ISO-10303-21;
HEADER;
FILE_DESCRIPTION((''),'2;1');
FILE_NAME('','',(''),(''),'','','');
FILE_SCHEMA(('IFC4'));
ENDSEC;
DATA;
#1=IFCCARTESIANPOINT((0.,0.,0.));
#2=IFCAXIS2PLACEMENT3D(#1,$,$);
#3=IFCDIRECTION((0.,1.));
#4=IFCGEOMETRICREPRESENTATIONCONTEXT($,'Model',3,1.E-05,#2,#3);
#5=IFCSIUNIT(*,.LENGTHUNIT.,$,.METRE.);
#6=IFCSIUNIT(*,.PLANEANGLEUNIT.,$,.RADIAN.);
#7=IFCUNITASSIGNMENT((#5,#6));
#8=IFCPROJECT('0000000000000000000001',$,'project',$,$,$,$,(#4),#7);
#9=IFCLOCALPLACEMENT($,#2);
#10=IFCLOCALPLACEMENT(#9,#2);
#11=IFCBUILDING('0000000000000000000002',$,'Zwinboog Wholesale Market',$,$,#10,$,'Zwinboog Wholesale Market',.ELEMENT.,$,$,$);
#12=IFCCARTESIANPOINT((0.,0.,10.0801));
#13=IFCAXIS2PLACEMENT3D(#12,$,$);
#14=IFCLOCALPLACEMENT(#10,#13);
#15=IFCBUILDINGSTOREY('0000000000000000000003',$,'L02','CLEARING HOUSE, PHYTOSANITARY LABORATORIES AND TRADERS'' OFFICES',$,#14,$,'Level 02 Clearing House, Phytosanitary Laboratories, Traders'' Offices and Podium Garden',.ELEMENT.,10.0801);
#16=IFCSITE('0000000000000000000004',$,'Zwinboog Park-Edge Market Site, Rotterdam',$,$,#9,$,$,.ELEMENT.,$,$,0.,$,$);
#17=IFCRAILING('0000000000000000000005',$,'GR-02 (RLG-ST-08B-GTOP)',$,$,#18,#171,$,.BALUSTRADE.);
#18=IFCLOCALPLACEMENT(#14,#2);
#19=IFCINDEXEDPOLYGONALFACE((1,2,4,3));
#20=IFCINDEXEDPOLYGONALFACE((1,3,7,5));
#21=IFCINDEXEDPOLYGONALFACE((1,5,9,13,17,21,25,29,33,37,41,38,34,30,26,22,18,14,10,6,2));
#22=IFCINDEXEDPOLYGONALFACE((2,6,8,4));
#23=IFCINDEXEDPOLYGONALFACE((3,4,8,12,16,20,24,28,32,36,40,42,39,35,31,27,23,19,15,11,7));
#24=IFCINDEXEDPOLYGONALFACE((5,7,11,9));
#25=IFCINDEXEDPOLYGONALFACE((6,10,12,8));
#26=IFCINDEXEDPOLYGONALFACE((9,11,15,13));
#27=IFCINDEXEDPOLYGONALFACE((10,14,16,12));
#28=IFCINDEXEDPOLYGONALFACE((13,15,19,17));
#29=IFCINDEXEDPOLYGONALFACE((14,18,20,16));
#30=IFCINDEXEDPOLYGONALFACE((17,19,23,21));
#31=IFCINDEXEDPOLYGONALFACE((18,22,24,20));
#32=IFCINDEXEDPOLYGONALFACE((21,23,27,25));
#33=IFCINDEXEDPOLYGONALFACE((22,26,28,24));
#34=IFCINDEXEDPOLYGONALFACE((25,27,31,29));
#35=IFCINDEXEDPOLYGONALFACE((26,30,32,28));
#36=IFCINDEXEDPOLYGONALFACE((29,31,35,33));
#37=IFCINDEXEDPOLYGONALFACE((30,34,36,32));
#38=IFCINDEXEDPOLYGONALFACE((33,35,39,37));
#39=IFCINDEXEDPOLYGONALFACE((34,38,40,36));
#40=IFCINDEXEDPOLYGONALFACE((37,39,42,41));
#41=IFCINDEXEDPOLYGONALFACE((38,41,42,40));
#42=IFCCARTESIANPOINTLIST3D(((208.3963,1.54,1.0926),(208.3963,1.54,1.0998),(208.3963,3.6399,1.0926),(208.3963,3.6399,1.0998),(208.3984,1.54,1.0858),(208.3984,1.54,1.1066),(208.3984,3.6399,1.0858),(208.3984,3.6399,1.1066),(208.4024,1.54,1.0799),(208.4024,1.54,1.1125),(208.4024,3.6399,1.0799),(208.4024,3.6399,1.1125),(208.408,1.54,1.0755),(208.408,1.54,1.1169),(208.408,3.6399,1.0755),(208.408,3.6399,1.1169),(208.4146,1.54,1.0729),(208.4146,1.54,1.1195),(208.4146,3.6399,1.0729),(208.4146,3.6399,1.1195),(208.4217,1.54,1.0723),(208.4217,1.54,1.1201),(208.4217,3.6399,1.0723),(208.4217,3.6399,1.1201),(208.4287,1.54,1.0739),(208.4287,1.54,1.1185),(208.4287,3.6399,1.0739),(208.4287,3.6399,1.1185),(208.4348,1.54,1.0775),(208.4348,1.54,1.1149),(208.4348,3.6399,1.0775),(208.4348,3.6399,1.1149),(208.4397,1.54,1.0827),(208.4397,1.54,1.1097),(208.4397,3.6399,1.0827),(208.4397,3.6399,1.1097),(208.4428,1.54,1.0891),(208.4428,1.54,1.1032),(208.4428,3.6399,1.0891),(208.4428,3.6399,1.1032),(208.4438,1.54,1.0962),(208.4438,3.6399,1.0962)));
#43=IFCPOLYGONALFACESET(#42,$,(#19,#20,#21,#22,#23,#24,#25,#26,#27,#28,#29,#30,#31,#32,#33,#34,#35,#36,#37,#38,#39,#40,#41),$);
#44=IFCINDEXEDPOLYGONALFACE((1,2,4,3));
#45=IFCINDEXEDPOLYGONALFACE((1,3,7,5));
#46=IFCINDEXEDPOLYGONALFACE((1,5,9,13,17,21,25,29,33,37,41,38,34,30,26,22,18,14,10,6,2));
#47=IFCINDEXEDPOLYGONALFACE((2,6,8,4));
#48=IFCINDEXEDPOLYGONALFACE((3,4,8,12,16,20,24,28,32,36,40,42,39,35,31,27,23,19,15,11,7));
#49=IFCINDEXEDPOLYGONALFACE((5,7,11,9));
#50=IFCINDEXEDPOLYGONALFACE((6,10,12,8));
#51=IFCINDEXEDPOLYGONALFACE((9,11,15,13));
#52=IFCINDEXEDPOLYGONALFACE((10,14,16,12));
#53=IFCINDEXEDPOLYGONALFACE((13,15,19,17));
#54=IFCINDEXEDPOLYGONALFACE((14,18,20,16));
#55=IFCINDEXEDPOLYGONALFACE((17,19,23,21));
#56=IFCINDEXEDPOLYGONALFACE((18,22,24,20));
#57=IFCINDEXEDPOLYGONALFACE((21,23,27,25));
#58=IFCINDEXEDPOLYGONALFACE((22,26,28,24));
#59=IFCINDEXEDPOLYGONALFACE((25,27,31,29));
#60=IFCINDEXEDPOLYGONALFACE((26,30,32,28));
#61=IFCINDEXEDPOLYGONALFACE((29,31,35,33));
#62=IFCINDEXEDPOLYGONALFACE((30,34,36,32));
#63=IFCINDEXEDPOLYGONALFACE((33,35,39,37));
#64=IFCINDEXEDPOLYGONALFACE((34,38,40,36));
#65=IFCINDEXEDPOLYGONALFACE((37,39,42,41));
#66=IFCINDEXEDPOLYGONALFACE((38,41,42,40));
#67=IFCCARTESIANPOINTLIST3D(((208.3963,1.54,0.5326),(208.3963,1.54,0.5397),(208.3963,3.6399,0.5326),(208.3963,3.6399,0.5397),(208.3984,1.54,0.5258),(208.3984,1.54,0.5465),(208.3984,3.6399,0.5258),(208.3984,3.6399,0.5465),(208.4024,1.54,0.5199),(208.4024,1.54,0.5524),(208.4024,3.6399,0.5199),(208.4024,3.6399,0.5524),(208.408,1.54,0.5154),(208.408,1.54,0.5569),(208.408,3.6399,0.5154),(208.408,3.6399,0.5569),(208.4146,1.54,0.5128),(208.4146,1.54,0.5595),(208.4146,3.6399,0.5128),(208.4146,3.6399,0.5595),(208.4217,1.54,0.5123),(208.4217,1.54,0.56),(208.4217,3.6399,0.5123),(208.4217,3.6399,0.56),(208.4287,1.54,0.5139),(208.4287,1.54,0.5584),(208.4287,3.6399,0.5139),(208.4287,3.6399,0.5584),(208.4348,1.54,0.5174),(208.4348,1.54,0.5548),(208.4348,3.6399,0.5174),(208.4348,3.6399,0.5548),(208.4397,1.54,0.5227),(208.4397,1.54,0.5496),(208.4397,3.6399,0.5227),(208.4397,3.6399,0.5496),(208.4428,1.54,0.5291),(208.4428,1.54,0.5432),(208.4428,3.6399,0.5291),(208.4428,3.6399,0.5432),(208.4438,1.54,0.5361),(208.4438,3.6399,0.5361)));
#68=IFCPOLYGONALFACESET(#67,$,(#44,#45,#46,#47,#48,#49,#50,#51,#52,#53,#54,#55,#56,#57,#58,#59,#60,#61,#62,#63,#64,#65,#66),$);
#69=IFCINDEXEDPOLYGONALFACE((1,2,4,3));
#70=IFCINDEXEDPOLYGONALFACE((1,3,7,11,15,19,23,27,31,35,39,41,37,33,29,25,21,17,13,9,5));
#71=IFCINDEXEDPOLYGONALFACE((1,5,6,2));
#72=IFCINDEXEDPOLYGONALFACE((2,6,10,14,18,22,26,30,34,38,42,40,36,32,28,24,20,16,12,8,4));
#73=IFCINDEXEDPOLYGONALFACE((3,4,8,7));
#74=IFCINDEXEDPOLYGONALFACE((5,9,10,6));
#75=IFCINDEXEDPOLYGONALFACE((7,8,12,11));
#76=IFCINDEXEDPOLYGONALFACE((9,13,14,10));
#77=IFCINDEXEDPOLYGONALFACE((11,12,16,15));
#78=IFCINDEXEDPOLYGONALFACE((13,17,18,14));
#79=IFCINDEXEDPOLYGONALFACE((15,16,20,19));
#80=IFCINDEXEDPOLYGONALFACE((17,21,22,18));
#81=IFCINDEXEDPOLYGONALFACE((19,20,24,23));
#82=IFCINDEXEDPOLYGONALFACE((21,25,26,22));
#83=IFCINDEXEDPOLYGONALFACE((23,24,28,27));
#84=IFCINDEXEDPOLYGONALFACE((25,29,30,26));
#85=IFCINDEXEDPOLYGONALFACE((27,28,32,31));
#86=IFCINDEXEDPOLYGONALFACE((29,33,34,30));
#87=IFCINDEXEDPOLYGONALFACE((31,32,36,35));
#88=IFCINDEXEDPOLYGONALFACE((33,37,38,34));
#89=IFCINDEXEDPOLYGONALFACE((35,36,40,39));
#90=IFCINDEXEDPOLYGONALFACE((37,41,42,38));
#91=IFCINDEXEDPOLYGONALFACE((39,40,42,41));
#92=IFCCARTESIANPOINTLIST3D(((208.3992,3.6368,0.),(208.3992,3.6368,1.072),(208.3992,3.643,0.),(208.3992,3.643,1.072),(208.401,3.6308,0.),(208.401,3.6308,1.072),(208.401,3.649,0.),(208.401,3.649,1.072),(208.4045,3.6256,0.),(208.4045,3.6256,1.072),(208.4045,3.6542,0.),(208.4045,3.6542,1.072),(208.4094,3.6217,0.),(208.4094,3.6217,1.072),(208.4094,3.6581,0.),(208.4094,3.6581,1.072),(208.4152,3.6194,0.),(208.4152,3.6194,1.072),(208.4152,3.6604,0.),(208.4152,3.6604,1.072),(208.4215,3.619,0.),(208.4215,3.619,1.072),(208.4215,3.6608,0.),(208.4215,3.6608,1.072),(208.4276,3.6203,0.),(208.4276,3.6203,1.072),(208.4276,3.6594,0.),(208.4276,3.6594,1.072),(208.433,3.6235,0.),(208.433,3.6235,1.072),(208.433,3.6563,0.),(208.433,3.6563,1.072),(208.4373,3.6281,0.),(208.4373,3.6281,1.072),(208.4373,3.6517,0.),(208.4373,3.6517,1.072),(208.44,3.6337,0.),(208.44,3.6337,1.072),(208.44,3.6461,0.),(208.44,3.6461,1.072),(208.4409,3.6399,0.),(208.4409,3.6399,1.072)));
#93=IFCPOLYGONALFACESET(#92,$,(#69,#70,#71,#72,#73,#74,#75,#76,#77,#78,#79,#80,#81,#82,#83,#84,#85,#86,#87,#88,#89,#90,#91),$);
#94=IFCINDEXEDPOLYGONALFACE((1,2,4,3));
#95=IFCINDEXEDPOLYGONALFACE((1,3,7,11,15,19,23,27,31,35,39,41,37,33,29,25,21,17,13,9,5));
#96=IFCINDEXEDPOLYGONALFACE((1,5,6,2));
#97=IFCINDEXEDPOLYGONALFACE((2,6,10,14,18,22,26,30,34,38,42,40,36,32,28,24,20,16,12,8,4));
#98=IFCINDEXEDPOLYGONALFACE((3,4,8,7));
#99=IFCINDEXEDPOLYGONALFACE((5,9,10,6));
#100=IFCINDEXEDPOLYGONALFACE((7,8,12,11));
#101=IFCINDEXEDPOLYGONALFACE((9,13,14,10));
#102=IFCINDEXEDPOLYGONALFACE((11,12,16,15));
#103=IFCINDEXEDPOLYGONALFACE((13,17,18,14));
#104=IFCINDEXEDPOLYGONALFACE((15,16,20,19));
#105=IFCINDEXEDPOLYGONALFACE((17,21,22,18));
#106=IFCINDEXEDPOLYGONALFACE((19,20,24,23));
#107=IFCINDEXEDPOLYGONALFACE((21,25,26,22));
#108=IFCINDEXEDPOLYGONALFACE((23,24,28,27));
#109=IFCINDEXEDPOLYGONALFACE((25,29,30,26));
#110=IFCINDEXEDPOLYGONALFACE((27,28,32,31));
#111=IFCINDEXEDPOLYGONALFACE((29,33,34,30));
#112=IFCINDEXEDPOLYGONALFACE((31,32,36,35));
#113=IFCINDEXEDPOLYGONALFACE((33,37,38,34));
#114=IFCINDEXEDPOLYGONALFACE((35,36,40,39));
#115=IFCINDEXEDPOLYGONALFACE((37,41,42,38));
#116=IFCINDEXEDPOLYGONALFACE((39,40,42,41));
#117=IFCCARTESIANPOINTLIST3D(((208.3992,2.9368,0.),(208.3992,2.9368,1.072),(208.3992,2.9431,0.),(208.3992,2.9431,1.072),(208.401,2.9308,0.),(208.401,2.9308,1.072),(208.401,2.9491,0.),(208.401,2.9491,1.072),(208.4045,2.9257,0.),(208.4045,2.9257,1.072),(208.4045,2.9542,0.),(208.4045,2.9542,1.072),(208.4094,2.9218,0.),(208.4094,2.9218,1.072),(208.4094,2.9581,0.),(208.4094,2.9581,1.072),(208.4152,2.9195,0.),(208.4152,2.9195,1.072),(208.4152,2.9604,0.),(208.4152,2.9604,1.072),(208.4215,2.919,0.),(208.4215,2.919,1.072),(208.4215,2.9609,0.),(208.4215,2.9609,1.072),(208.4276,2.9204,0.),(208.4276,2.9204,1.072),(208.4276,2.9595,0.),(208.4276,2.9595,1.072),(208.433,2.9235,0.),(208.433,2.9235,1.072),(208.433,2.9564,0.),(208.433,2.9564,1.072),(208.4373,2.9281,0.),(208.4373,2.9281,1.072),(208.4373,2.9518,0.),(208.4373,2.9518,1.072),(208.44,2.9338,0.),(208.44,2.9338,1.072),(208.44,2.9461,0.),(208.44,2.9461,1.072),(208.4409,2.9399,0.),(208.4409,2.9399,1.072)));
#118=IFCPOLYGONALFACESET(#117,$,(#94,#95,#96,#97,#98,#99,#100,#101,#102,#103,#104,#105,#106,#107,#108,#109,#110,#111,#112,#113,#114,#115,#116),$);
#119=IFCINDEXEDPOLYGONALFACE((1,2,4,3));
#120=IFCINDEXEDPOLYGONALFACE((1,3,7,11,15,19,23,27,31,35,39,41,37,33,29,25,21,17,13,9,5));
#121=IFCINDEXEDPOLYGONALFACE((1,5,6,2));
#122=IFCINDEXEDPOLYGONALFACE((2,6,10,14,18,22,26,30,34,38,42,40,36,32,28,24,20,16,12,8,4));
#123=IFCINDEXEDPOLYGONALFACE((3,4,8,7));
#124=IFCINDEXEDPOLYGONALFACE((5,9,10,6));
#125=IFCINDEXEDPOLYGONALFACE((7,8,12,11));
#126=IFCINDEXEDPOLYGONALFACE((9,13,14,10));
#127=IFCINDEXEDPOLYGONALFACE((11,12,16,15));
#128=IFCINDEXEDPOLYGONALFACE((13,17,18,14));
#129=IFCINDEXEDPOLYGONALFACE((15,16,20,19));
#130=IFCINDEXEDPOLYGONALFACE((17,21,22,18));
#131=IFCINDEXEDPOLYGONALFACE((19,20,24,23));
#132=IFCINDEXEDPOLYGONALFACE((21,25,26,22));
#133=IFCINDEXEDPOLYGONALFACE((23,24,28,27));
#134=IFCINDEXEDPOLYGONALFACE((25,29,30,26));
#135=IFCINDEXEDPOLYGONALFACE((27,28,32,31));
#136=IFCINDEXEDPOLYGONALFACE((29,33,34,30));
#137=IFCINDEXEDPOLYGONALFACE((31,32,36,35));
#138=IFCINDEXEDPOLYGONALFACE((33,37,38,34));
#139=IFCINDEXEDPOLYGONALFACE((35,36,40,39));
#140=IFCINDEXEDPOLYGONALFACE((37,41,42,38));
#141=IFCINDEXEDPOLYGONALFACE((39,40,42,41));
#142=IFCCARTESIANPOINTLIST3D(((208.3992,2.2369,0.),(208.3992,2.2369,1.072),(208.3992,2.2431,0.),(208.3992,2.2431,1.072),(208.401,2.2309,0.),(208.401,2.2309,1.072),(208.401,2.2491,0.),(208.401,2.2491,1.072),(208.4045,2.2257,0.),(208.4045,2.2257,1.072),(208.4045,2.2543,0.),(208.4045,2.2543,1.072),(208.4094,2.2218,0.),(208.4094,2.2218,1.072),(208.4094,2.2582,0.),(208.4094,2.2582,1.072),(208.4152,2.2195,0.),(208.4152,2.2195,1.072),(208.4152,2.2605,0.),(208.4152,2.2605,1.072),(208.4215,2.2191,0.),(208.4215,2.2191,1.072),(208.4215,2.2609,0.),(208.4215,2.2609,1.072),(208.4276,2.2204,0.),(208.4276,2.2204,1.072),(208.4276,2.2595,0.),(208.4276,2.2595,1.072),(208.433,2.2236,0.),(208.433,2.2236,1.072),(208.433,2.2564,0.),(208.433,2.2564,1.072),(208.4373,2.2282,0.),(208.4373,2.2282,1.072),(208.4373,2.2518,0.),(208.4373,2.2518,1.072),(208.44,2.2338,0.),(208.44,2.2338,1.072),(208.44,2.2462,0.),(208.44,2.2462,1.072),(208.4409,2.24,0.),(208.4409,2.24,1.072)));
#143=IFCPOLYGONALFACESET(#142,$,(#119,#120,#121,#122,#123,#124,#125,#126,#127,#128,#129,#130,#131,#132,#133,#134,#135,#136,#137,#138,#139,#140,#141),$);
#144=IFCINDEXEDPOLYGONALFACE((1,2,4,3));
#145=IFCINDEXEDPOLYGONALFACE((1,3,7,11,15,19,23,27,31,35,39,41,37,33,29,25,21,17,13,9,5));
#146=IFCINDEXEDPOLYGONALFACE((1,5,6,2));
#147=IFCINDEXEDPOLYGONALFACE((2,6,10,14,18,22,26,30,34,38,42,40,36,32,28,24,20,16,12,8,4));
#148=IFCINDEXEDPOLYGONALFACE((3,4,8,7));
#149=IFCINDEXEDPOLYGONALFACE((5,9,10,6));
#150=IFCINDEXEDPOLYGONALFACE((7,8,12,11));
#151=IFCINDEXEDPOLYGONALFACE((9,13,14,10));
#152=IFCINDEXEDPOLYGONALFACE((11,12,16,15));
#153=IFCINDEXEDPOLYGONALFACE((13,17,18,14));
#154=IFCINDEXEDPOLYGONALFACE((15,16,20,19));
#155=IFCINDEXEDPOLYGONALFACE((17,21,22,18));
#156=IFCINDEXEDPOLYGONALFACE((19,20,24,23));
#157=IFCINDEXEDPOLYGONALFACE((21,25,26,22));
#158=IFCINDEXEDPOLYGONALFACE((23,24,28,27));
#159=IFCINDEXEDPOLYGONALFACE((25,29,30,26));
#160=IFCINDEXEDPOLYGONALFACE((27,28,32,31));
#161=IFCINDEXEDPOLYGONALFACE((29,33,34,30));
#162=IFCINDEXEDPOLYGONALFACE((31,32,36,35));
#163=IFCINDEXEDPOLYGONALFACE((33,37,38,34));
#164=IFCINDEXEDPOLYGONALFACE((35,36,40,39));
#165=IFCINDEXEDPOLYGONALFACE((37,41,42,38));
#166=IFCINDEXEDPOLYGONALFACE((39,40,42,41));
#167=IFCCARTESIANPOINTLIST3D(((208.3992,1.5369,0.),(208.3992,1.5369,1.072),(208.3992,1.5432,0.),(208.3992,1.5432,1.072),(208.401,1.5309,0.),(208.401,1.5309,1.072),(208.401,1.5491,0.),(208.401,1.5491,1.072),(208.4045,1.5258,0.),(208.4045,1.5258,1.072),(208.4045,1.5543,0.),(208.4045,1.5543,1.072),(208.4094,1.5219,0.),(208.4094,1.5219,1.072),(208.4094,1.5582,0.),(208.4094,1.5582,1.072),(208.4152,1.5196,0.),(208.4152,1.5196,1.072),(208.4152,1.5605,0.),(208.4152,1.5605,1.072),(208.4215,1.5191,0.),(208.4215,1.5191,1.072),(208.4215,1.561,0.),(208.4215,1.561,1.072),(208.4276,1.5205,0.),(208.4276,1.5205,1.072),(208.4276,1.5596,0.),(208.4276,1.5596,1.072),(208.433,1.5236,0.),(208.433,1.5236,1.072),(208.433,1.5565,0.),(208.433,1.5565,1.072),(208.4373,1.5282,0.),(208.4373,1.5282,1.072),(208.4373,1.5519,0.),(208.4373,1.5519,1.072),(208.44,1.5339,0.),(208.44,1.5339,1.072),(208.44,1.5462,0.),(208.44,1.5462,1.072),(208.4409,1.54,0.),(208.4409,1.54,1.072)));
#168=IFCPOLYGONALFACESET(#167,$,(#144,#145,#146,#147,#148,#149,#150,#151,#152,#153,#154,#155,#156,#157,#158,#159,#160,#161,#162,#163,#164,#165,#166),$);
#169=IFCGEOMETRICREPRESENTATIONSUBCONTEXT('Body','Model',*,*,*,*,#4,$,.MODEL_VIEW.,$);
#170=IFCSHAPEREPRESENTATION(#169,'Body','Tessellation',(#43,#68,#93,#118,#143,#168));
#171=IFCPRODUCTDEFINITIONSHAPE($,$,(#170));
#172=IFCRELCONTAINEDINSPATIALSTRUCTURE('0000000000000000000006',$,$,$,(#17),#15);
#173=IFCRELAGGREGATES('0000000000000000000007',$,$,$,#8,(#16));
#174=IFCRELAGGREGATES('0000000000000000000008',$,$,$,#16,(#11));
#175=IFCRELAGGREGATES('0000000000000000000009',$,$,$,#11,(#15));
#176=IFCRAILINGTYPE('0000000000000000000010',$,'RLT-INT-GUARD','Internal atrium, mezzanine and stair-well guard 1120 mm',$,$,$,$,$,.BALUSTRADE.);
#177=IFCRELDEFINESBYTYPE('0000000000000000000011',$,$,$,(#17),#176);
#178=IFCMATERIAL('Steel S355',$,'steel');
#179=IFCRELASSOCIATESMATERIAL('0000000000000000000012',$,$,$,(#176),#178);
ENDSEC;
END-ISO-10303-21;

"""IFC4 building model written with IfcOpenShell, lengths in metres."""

from ifc_helpers import new_model, si_unit, direction, frame, origin, origin_2d, place, context, subcontext, project, spatial, circle, extrude, material, type_object, element, save


model = new_model("IFC4")

# Units and contexts
model_context = context("Model", 3, precision=1e-05, world=origin(), true_north=direction((0.0, 1.0)))
body_context = subcontext(model_context, "Body", "Model", "MODEL_VIEW")
ifc_project = project(units=[si_unit("LENGTHUNIT", "METRE"), si_unit("PLANEANGLEUNIT", "RADIAN")], contexts=[model_context])

# Site, building, storey
site_placement = place(None, origin())
site = spatial("IfcSite", under=ifc_project, at=site_placement, Name="Zwinboog Park-Edge Market Site, Rotterdam", CompositionType="ELEMENT", RefElevation=0.0)
building_placement = place(site_placement, origin())
building = spatial("IfcBuilding", under=site, at=building_placement, Name="Zwinboog Wholesale Market", LongName="Zwinboog Wholesale Market", CompositionType="ELEMENT")
storey_placement = place(building_placement, frame((0.0, 0.0, 10.0801)))
storey = spatial("IfcBuildingStorey", under=building, at=storey_placement, Name="L02", Description="CLEARING HOUSE, PHYTOSANITARY LABORATORIES AND TRADERS' OFFICES", LongName="Level 02 Clearing House, Phytosanitary Laboratories, Traders' Offices and Podium Garden", CompositionType="ELEMENT", Elevation=10.0801)

# Shared definitions
ifc_material_1 = material(Name="Steel S355", Category="steel")

# Railing
railing_type = type_object("IfcRailingType", Name="RLT-INT-GUARD", Description="Internal atrium, mezzanine and stair-well guard 1120 mm", PredefinedType="BALUSTRADE", material=ifc_material_1)
railing_placement = place(storey_placement, frame((208.4199, 3.6399, 0.0)))
element("IfcRailing", 1, at=railing_placement, inside=storey, type_object=railing_type, Name="GR-02 (RLG-ST-08B-GTOP)", PredefinedType="BALUSTRADE", context=body_context, shape_type="SweptSolid", body=[
    extrude(circle(Radius=0.0239, at=origin_2d()), frame((0.0, 0.0, 1.0962), z_axis=(0.0, -1.0, 0.0), x_axis=(1.0, 0.0, 0.0)), (0.0, 0.0, 1.0), 2.0999),
    extrude(circle(Radius=0.0239, at=origin_2d()), frame((0.0, 0.0, 0.5361), z_axis=(0.0, -1.0, 0.0), x_axis=(1.0, 0.0, 0.0)), (0.0, 0.0, 1.0), 2.0999),
    extrude(circle(Radius=0.021, at=origin_2d()), origin(), (0.0, 0.0, 1.0), 1.072),
    extrude(circle(Radius=0.021, at=origin_2d()), frame((0.0, -0.7, 0.0)), (0.0, 0.0, 1.0), 1.072),
    extrude(circle(Radius=0.021, at=origin_2d()), frame((0.0, -1.3999, 0.0)), (0.0, 0.0, 1.0), 1.072),
    extrude(circle(Radius=0.021, at=origin_2d()), frame((0.0, -2.0999, 0.0)), (0.0, 0.0, 1.0), 1.072),
])

save(model, "model.ifc")
